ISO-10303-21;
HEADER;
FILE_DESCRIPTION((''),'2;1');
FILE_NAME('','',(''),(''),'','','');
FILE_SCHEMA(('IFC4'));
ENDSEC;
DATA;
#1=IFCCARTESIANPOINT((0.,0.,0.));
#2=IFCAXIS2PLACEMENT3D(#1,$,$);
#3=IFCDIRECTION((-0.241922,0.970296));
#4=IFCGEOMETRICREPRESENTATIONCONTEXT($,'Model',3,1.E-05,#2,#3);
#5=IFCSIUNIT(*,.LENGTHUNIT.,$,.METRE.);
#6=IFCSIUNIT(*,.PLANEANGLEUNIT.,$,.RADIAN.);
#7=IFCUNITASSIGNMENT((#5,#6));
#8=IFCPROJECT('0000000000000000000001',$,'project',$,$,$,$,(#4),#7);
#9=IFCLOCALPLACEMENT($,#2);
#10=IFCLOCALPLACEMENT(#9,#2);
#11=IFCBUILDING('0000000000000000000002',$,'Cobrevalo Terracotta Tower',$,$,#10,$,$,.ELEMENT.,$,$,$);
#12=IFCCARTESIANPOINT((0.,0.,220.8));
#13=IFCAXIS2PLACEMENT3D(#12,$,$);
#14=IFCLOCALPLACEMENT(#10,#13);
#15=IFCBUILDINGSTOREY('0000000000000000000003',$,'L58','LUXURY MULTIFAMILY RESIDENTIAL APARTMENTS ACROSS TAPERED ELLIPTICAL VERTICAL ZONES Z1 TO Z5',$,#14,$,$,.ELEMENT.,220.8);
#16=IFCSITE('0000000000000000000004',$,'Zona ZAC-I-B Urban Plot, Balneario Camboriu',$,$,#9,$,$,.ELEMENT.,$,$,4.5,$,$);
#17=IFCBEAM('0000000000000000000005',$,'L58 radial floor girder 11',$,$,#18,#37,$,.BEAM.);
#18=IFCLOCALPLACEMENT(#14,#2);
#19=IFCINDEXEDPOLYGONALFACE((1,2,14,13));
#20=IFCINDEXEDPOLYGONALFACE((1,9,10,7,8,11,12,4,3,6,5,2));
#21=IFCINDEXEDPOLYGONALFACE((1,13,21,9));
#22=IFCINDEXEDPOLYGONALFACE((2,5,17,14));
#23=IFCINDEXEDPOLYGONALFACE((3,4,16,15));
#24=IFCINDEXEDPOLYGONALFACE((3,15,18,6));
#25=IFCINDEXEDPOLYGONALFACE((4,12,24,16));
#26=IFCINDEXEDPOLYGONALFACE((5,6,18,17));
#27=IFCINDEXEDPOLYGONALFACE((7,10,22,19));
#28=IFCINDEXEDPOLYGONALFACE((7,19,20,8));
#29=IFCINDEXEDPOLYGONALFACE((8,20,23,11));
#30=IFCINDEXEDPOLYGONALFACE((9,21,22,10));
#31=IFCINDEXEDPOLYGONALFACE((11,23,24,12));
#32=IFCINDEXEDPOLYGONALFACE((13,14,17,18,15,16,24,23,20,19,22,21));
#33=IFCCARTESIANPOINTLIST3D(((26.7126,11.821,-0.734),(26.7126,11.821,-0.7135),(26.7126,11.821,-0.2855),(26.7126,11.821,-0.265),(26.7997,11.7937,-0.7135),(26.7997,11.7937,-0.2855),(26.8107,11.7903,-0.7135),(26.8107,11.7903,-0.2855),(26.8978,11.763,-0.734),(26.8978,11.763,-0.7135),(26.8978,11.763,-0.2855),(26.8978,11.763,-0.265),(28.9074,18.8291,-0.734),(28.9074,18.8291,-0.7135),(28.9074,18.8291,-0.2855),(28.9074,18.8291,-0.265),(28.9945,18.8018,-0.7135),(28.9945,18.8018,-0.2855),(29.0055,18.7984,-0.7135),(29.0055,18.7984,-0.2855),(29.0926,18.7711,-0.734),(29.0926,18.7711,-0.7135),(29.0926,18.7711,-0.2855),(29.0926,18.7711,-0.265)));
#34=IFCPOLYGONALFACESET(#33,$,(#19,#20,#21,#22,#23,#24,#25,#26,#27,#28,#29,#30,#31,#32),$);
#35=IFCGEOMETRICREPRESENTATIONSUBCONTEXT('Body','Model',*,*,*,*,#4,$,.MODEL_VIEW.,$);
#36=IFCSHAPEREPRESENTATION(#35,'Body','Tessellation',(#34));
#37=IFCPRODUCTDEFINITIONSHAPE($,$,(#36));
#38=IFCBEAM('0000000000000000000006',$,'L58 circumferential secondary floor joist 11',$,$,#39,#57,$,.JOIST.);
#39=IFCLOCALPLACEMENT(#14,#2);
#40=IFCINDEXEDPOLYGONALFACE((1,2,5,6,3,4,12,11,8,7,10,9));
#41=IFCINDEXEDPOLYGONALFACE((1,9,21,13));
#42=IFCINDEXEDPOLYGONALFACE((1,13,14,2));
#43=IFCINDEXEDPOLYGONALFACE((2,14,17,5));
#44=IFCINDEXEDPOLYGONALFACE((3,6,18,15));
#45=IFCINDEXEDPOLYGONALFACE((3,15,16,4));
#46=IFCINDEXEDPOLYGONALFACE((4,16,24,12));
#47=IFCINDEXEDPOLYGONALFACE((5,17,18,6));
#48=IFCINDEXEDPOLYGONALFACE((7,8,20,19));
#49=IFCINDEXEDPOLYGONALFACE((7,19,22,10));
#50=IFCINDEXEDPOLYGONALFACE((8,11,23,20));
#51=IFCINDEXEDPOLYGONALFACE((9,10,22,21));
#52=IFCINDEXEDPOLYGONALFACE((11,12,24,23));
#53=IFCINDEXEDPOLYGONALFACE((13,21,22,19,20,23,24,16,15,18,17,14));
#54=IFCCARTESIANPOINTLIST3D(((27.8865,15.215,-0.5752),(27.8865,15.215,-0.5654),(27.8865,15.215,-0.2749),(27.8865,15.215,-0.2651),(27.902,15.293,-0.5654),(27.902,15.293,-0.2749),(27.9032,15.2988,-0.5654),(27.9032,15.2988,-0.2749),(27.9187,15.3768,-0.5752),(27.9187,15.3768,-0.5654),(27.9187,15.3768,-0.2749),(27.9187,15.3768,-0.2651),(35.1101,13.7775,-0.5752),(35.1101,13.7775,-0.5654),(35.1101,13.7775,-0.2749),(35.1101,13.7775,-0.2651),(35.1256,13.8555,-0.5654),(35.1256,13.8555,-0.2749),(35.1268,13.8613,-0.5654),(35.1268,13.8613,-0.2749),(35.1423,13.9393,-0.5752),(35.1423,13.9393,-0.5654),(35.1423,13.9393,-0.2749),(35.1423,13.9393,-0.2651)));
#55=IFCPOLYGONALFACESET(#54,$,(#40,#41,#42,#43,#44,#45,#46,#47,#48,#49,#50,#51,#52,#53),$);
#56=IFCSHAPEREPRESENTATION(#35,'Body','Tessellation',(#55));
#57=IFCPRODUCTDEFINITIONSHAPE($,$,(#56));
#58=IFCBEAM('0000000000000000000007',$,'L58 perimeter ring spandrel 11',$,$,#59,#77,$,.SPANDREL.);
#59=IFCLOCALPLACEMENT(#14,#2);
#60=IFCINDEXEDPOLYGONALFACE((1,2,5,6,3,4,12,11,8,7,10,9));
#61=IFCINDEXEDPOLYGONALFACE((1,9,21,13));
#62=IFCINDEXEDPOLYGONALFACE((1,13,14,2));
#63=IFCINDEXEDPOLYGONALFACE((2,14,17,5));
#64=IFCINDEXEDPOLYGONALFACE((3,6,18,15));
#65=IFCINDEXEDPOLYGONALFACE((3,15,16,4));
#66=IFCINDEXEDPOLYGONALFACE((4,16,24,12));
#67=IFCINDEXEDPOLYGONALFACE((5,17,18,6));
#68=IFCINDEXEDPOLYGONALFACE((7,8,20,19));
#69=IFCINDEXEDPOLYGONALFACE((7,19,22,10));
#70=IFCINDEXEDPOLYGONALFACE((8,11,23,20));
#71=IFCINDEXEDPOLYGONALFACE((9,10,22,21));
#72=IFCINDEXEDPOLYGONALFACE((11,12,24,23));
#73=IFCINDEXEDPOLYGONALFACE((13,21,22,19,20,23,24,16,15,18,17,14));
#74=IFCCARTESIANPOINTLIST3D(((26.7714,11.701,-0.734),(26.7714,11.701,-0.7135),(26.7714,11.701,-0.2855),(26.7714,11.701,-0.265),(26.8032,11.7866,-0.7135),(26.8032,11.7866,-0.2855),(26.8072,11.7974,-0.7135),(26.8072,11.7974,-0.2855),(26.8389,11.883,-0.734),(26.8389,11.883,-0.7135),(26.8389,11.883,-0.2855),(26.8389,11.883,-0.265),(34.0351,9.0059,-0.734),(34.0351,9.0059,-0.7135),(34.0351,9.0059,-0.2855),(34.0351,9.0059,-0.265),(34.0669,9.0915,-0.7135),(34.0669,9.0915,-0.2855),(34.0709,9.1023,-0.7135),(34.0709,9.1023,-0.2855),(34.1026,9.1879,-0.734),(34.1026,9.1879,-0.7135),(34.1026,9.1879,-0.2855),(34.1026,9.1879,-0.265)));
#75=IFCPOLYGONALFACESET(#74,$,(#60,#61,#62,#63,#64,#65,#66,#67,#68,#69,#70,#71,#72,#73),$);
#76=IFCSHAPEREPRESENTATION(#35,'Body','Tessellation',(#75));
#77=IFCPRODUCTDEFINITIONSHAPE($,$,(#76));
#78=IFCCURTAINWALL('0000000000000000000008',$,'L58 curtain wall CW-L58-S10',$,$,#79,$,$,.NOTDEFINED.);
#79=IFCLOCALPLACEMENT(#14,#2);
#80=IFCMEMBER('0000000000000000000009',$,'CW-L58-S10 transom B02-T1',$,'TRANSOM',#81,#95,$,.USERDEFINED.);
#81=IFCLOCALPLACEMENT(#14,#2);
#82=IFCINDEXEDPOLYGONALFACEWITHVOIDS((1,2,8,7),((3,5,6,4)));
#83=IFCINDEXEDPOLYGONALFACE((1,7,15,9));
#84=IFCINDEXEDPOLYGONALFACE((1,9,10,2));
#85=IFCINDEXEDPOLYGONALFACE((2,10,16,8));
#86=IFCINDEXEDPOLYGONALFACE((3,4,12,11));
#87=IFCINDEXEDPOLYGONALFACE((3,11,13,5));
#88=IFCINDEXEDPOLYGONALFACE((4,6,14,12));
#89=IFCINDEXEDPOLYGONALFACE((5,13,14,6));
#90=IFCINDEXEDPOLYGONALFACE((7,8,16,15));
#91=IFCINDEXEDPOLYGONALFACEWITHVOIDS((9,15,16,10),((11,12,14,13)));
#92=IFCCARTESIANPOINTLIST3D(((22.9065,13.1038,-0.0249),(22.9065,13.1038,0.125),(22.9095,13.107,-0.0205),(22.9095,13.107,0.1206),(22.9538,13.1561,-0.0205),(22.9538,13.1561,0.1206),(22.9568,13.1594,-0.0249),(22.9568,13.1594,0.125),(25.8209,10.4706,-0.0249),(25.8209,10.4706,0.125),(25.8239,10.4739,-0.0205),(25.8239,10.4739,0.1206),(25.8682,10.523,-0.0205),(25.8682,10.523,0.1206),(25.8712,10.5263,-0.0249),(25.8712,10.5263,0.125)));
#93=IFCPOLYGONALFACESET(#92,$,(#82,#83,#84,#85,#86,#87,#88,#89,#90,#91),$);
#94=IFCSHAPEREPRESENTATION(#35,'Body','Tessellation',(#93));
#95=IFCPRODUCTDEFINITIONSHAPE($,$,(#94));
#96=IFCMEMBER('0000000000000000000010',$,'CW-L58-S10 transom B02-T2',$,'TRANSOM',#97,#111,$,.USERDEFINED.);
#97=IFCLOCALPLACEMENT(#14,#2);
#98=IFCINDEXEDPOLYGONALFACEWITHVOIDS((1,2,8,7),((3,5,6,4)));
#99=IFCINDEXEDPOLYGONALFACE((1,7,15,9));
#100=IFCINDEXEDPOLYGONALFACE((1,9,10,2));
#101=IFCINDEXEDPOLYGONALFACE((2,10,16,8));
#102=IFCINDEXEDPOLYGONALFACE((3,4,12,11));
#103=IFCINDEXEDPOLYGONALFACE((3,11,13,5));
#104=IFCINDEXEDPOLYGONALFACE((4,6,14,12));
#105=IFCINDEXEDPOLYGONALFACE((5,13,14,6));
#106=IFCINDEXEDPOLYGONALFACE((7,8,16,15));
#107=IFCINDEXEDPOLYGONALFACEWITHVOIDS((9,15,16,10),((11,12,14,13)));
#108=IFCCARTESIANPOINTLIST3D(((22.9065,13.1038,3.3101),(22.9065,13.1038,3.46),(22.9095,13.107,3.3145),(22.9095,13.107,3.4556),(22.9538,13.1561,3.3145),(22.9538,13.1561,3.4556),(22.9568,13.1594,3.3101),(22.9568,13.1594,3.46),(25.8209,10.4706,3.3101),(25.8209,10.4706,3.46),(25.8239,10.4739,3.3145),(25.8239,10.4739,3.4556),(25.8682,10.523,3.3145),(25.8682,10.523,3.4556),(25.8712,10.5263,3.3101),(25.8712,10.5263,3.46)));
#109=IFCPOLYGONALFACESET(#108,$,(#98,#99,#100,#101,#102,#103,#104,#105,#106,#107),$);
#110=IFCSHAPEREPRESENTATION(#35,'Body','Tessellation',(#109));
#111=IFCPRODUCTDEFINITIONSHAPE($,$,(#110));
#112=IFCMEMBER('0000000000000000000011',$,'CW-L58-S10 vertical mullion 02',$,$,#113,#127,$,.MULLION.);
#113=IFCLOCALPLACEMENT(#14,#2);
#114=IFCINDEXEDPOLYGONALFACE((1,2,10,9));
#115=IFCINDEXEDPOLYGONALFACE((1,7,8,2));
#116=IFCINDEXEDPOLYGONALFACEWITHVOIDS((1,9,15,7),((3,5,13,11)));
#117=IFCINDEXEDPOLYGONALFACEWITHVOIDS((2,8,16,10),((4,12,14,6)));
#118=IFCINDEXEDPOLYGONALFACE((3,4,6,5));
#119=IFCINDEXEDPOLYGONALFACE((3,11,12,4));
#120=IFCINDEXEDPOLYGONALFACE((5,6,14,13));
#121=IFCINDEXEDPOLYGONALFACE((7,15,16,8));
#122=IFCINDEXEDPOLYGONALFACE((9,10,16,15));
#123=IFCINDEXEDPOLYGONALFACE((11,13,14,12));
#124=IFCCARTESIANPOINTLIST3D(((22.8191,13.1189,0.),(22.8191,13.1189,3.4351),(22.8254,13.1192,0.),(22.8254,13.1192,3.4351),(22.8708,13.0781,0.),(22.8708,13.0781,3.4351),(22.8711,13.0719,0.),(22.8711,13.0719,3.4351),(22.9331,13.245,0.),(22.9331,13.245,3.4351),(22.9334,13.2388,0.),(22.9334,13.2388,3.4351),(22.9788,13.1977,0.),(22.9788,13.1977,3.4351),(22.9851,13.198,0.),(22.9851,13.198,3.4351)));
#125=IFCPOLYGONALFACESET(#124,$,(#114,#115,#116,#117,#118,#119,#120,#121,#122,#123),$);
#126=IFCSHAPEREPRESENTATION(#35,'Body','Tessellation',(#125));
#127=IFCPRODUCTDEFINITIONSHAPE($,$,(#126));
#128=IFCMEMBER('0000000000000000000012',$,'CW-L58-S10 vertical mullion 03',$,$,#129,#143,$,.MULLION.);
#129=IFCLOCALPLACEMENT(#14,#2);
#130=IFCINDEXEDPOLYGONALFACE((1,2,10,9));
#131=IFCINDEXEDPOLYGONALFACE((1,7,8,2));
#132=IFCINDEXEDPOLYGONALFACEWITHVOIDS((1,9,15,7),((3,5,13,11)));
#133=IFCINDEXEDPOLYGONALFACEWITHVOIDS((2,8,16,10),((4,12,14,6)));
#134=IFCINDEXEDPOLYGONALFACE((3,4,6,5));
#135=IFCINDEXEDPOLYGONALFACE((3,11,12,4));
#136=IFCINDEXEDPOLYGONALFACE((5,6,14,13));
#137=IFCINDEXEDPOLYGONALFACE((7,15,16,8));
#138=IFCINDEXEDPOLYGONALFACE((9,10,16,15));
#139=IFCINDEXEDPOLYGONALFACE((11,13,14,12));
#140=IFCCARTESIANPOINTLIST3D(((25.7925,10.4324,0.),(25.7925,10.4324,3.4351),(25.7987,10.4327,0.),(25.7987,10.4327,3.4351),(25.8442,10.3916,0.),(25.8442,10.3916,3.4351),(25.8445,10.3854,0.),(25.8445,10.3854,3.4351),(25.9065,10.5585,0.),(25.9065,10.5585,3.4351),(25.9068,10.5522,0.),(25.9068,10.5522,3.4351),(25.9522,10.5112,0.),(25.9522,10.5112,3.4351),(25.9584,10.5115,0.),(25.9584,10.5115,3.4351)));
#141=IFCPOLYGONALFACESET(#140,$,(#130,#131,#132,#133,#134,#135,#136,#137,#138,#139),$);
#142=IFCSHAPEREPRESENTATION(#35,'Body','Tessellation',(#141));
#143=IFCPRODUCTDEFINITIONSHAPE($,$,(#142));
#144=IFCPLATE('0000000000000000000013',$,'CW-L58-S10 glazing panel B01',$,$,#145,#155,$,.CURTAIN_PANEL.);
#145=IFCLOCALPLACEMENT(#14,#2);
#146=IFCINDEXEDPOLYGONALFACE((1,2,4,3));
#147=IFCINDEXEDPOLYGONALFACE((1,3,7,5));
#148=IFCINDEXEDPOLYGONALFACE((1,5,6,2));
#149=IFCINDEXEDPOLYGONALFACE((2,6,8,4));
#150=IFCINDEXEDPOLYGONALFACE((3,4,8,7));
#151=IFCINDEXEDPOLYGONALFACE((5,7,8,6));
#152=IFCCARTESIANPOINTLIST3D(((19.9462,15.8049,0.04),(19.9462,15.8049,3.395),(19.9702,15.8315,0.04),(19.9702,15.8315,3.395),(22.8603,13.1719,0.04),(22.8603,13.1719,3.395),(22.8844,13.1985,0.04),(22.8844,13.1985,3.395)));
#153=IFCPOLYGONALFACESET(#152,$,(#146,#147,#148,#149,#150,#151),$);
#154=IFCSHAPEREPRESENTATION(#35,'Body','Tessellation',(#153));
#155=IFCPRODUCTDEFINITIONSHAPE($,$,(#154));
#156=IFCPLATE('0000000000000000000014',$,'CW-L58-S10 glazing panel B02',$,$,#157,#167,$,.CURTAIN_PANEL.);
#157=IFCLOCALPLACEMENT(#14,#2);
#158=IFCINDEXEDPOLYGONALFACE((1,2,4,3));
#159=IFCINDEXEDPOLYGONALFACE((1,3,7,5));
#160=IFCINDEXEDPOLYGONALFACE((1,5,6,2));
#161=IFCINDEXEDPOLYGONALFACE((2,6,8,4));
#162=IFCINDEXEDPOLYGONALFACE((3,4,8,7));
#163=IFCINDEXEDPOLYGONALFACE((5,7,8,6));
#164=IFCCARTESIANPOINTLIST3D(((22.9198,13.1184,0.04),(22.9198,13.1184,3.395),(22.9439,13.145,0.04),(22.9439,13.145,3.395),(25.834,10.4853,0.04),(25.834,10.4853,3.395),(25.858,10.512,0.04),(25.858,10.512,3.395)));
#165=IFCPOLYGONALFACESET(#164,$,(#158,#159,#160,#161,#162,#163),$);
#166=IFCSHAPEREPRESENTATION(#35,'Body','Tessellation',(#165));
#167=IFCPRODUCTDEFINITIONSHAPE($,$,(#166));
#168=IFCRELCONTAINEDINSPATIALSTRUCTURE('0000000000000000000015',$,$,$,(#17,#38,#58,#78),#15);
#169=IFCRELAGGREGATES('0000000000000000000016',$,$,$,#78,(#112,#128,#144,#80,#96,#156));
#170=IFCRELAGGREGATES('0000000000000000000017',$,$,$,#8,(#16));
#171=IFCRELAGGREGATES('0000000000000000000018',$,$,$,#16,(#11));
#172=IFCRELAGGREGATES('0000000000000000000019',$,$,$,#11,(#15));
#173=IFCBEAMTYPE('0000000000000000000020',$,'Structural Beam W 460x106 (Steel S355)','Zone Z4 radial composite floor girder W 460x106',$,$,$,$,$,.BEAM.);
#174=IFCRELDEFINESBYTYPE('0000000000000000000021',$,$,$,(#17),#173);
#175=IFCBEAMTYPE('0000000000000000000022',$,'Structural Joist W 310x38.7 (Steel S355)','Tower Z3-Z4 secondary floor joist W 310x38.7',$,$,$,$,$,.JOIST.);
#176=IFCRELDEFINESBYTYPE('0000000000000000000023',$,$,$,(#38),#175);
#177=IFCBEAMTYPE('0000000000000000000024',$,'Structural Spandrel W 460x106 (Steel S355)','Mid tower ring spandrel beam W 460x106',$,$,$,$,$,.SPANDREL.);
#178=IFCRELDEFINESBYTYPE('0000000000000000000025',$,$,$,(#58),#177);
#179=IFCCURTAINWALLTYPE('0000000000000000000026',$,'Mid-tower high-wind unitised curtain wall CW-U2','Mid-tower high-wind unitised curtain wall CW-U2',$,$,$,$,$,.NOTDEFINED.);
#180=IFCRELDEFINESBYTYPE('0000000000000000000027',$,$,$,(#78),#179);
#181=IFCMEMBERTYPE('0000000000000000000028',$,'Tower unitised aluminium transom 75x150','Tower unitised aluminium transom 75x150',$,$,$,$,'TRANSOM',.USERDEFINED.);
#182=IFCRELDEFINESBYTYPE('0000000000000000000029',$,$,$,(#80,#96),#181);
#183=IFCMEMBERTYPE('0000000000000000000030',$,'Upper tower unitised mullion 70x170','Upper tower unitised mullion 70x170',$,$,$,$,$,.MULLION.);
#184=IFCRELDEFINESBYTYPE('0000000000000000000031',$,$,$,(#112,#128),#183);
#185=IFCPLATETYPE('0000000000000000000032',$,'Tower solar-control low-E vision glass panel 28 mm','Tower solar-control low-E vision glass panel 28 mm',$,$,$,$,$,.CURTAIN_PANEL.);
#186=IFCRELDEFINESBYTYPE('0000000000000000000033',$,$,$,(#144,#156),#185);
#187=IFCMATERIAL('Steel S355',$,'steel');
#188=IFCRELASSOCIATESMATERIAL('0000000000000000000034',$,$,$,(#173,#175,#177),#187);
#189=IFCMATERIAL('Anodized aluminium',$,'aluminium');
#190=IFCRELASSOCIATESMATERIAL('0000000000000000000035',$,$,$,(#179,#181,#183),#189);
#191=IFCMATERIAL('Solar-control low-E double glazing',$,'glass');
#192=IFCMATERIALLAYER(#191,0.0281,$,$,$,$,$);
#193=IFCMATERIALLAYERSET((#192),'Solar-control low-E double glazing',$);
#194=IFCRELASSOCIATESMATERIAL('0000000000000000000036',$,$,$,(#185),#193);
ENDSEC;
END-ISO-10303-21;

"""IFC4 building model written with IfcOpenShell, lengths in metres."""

from ifc_helpers import new_model, si_unit, direction, frame, origin, origin_2d, place, context, subcontext, project, spatial, rectangle, hollow_rectangle, i_section, extrude, source, transform, mapped, material, layer, layer_set, material_profile, profile_set, type_object, element, aggregate, save


model = new_model("IFC4")

# Units and contexts
model_context = context("Model", 3, precision=1e-05, world=origin(), true_north=direction((-0.241922, 0.970296)))
body_context = subcontext(model_context, "Body", "Model", "MODEL_VIEW")
ifc_project = project(units=[si_unit("LENGTHUNIT", "METRE"), si_unit("PLANEANGLEUNIT", "RADIAN")], contexts=[model_context])

# Site, building, storey
site_placement = place(None, origin())
site = spatial("IfcSite", under=ifc_project, at=site_placement, Name="Zona ZAC-I-B Urban Plot, Balneario Camboriu", CompositionType="ELEMENT", RefElevation=4.5)
building_placement = place(site_placement, origin())
building = spatial("IfcBuilding", under=site, at=building_placement, Name="Cobrevalo Terracotta Tower", CompositionType="ELEMENT")
storey_placement = place(building_placement, frame((0.0, 0.0, 220.8)))
storey = spatial("IfcBuildingStorey", under=building, at=storey_placement, Name="L58", Description="LUXURY MULTIFAMILY RESIDENTIAL APARTMENTS ACROSS TAPERED ELLIPTICAL VERTICAL ZONES Z1 TO Z5", CompositionType="ELEMENT", Elevation=220.8)

# Shared definitions
ifc_material_1 = material(Name="Steel S355", Category="steel")

# Beams
ifc_material_profile_1 = material_profile(ifc_material_1, i_section(OverallWidth=0.1941, OverallDepth=0.469, WebThickness=0.0115, FlangeThickness=0.0205, at=origin_2d()), Name="W 460x106")
ifc_profile_set_1 = profile_set([ifc_material_profile_1], Name="Steel S355")
beam_type_1 = type_object("IfcBeamType", Name="Structural Beam W 460x106 (Steel S355)", Description="Zone Z4 radial composite floor girder W 460x106", PredefinedType="BEAM", material=ifc_profile_set_1)
beam_1_placement = place(storey_placement, frame((26.8052, 11.792, -0.4995), z_axis=(0.298871, 0.954293, 0.0), x_axis=(-0.954293, 0.298871, 0.0)))
element("IfcBeam", 1, at=beam_1_placement, inside=storey, type_object=beam_type_1, Name="L58 radial floor girder 11", PredefinedType="BEAM", context=body_context, shape_type="SweptSolid", body=[
    extrude(i_section(OverallWidth=0.1941, OverallDepth=0.469, WebThickness=0.0115, FlangeThickness=0.0205, at=origin_2d()), origin(), (0.0, 0.0, 1.0), 7.3438),
])
ifc_material_profile_2 = material_profile(ifc_material_1, i_section(OverallWidth=0.165, OverallDepth=0.3101, WebThickness=0.0059, FlangeThickness=0.0098, at=origin_2d()), Name="W 310x38.7")
ifc_profile_set_2 = profile_set([ifc_material_profile_2], Name="Steel S355")
beam_type_2 = type_object("IfcBeamType", Name="Structural Joist W 310x38.7 (Steel S355)", Description="Tower Z3-Z4 secondary floor joist W 310x38.7", PredefinedType="JOIST", material=ifc_profile_set_2)
beam_2_placement = place(storey_placement, frame((27.9026, 15.2959, -0.4202), z_axis=(0.980769, -0.195173, 0.0), x_axis=(0.195173, 0.980769, 0.0)))
element("IfcBeam", 2, at=beam_2_placement, inside=storey, type_object=beam_type_2, Name="L58 circumferential secondary floor joist 11", PredefinedType="JOIST", context=body_context, shape_type="SweptSolid", body=[
    extrude(i_section(OverallWidth=0.165, OverallDepth=0.3101, WebThickness=0.0059, FlangeThickness=0.0098, at=origin_2d()), origin(), (0.0, 0.0, 1.0), 7.3652),
])
ifc_material_profile_3 = material_profile(ifc_material_1, i_section(OverallWidth=0.1941, OverallDepth=0.469, WebThickness=0.0115, FlangeThickness=0.0205, at=origin_2d()), Name="W 460x106")
ifc_profile_set_3 = profile_set([ifc_material_profile_3], Name="Steel S355")
beam_type_3 = type_object("IfcBeamType", Name="Structural Spandrel W 460x106 (Steel S355)", Description="Mid tower ring spandrel beam W 460x106", PredefinedType="SPANDREL", material=ifc_profile_set_3)
beam_3_placement = place(storey_placement, frame((26.8052, 11.792, -0.4995), z_axis=(0.937546, -0.347861, 0.0), x_axis=(0.347861, 0.937546, 0.0)))
element("IfcBeam", 3, at=beam_3_placement, inside=storey, type_object=beam_type_3, Name="L58 perimeter ring spandrel 11", PredefinedType="SPANDREL", context=body_context, shape_type="SweptSolid", body=[
    extrude(i_section(OverallWidth=0.1941, OverallDepth=0.469, WebThickness=0.0115, FlangeThickness=0.0205, at=origin_2d()), origin(), (0.0, 0.0, 1.0), 7.7476),
])

# Curtain wall, members, plates
ifc_material_2 = material(Name="Anodized aluminium", Category="aluminium")
curtain_wall_type = type_object("IfcCurtainWallType", Name="Mid-tower high-wind unitised curtain wall CW-U2", Description="Mid-tower high-wind unitised curtain wall CW-U2", PredefinedType="NOTDEFINED", material=ifc_material_2)
curtain_wall_placement = place(storey_placement, origin())
curtain_wall = element("IfcCurtainWall", 4, at=curtain_wall_placement, inside=storey, type_object=curtain_wall_type, Name="L58 curtain wall CW-L58-S10", PredefinedType="NOTDEFINED")
ifc_material_profile_4 = material_profile(ifc_material_2, hollow_rectangle(XDim=0.075, YDim=0.1499, WallThickness=0.0044, at=origin_2d()), Name="CWT 75x150")
ifc_profile_set_4 = profile_set([ifc_material_profile_4], Name="Anodized aluminium")
member_type_1 = type_object("IfcMemberType", Name="Tower unitised aluminium transom 75x150", Description="Tower unitised aluminium transom 75x150", ElementType="TRANSOM", PredefinedType="USERDEFINED", material=ifc_profile_set_4)
shared_shape_1 = source(origin(), body_context, "Body", "SweptSolid", [
    extrude(hollow_rectangle(XDim=0.075, YDim=0.1499, WallThickness=0.0044, at=origin_2d()), origin(), (0.0, 0.0, 1.0), 3.9277),
])
member_1_placement = place(storey_placement, frame((22.9316, 13.1316, 0.05), z_axis=(0.742004, -0.670396, 0.0), x_axis=(0.670396, 0.742004, 0.0)))
member_1 = element("IfcMember", 5, at=member_1_placement, type_object=member_type_1, Name="CW-L58-S10 transom B02-T1", ObjectType="TRANSOM", PredefinedType="USERDEFINED", context=body_context, shape_type="MappedRepresentation", body=[
    mapped(shared_shape_1, transform((0.0, 0.0, 0.0), scale=1.0)),
])
member_2_placement = place(storey_placement, frame((22.9316, 13.1316, 3.385), z_axis=(0.742004, -0.670396, 0.0), x_axis=(0.670396, 0.742004, 0.0)))
member_2 = element("IfcMember", 6, at=member_2_placement, type_object=member_type_1, Name="CW-L58-S10 transom B02-T2", ObjectType="TRANSOM", PredefinedType="USERDEFINED", context=body_context, shape_type="MappedRepresentation", body=[
    mapped(shared_shape_1, transform((0.0, 0.0, 0.0), scale=1.0)),
])
ifc_material_profile_5 = material_profile(ifc_material_2, hollow_rectangle(XDim=0.0701, YDim=0.1699, WallThickness=0.0044, at=origin_2d()), Name="CWM 70x170")
ifc_profile_set_5 = profile_set([ifc_material_profile_5], Name="Anodized aluminium")
member_type_2 = type_object("IfcMemberType", Name="Upper tower unitised mullion 70x170", Description="Upper tower unitised mullion 70x170", PredefinedType="MULLION", material=ifc_profile_set_5)
shared_shape_2 = source(origin(), body_context, "Body", "SweptSolid", [
    extrude(hollow_rectangle(XDim=0.0701, YDim=0.1699, WallThickness=0.0044, at=origin_2d()), origin(), (0.0, 0.0, 1.0), 3.4351),
])
member_3_placement = place(storey_placement, frame((22.9021, 13.1584, 0.0), z_axis=(0.0, 0.0, 1.0), x_axis=(0.741988, -0.670414, 0.0)))
member_3 = element("IfcMember", 7, at=member_3_placement, type_object=member_type_2, Name="CW-L58-S10 vertical mullion 02", PredefinedType="MULLION", context=body_context, shape_type="MappedRepresentation", body=[
    mapped(shared_shape_2, transform((0.0, 0.0, 0.0), scale=1.0)),
])
member_4_placement = place(storey_placement, frame((25.8755, 10.4719, 0.0), z_axis=(0.0, 0.0, 1.0), x_axis=(0.741988, -0.670414, 0.0)))
member_4 = element("IfcMember", 8, at=member_4_placement, type_object=member_type_2, Name="CW-L58-S10 vertical mullion 03", PredefinedType="MULLION", context=body_context, shape_type="MappedRepresentation", body=[
    mapped(shared_shape_2, transform((0.0, 0.0, 0.0), scale=1.0)),
])
ifc_material_3 = material(Name="Solar-control low-E double glazing", Category="glass")
ifc_layer_1 = layer(ifc_material_3, 0.0281)
ifc_layer_set_1 = layer_set([ifc_layer_1], Name="Solar-control low-E double glazing")
plate_type = type_object("IfcPlateType", Name="Tower solar-control low-E vision glass panel 28 mm", Description="Tower solar-control low-E vision glass panel 28 mm", PredefinedType="CURTAIN_PANEL", material=ifc_layer_set_1)
shared_shape_3 = source(origin(), body_context, "Body", "SweptSolid", [
    extrude(rectangle(XDim=3.9275, YDim=0.0359, at=origin_2d()), origin(), (0.0, 0.0, 1.0), 3.355),
])
plate_1_placement = place(storey_placement, frame((21.4153, 14.5017, 0.04), z_axis=(0.0, 0.0, 1.0), x_axis=(0.741988, -0.670414, 0.0)))
plate_1 = element("IfcPlate", 9, at=plate_1_placement, type_object=plate_type, Name="CW-L58-S10 glazing panel B01", PredefinedType="CURTAIN_PANEL", context=body_context, shape_type="MappedRepresentation", body=[
    mapped(shared_shape_3, transform((0.0, 0.0, 0.0), scale=1.0)),
])
plate_2_placement = place(storey_placement, frame((24.3889, 11.8152, 0.04), z_axis=(0.0, 0.0, 1.0), x_axis=(0.741988, -0.670414, 0.0)))
plate_2 = element("IfcPlate", 10, at=plate_2_placement, type_object=plate_type, Name="CW-L58-S10 glazing panel B02", PredefinedType="CURTAIN_PANEL", context=body_context, shape_type="MappedRepresentation", body=[
    mapped(shared_shape_3, transform((0.0, 0.0, 0.0), scale=1.0)),
])
aggregate(curtain_wall, [member_3, member_4, plate_1, member_1, member_2, plate_2])

save(model, "model.ifc")
